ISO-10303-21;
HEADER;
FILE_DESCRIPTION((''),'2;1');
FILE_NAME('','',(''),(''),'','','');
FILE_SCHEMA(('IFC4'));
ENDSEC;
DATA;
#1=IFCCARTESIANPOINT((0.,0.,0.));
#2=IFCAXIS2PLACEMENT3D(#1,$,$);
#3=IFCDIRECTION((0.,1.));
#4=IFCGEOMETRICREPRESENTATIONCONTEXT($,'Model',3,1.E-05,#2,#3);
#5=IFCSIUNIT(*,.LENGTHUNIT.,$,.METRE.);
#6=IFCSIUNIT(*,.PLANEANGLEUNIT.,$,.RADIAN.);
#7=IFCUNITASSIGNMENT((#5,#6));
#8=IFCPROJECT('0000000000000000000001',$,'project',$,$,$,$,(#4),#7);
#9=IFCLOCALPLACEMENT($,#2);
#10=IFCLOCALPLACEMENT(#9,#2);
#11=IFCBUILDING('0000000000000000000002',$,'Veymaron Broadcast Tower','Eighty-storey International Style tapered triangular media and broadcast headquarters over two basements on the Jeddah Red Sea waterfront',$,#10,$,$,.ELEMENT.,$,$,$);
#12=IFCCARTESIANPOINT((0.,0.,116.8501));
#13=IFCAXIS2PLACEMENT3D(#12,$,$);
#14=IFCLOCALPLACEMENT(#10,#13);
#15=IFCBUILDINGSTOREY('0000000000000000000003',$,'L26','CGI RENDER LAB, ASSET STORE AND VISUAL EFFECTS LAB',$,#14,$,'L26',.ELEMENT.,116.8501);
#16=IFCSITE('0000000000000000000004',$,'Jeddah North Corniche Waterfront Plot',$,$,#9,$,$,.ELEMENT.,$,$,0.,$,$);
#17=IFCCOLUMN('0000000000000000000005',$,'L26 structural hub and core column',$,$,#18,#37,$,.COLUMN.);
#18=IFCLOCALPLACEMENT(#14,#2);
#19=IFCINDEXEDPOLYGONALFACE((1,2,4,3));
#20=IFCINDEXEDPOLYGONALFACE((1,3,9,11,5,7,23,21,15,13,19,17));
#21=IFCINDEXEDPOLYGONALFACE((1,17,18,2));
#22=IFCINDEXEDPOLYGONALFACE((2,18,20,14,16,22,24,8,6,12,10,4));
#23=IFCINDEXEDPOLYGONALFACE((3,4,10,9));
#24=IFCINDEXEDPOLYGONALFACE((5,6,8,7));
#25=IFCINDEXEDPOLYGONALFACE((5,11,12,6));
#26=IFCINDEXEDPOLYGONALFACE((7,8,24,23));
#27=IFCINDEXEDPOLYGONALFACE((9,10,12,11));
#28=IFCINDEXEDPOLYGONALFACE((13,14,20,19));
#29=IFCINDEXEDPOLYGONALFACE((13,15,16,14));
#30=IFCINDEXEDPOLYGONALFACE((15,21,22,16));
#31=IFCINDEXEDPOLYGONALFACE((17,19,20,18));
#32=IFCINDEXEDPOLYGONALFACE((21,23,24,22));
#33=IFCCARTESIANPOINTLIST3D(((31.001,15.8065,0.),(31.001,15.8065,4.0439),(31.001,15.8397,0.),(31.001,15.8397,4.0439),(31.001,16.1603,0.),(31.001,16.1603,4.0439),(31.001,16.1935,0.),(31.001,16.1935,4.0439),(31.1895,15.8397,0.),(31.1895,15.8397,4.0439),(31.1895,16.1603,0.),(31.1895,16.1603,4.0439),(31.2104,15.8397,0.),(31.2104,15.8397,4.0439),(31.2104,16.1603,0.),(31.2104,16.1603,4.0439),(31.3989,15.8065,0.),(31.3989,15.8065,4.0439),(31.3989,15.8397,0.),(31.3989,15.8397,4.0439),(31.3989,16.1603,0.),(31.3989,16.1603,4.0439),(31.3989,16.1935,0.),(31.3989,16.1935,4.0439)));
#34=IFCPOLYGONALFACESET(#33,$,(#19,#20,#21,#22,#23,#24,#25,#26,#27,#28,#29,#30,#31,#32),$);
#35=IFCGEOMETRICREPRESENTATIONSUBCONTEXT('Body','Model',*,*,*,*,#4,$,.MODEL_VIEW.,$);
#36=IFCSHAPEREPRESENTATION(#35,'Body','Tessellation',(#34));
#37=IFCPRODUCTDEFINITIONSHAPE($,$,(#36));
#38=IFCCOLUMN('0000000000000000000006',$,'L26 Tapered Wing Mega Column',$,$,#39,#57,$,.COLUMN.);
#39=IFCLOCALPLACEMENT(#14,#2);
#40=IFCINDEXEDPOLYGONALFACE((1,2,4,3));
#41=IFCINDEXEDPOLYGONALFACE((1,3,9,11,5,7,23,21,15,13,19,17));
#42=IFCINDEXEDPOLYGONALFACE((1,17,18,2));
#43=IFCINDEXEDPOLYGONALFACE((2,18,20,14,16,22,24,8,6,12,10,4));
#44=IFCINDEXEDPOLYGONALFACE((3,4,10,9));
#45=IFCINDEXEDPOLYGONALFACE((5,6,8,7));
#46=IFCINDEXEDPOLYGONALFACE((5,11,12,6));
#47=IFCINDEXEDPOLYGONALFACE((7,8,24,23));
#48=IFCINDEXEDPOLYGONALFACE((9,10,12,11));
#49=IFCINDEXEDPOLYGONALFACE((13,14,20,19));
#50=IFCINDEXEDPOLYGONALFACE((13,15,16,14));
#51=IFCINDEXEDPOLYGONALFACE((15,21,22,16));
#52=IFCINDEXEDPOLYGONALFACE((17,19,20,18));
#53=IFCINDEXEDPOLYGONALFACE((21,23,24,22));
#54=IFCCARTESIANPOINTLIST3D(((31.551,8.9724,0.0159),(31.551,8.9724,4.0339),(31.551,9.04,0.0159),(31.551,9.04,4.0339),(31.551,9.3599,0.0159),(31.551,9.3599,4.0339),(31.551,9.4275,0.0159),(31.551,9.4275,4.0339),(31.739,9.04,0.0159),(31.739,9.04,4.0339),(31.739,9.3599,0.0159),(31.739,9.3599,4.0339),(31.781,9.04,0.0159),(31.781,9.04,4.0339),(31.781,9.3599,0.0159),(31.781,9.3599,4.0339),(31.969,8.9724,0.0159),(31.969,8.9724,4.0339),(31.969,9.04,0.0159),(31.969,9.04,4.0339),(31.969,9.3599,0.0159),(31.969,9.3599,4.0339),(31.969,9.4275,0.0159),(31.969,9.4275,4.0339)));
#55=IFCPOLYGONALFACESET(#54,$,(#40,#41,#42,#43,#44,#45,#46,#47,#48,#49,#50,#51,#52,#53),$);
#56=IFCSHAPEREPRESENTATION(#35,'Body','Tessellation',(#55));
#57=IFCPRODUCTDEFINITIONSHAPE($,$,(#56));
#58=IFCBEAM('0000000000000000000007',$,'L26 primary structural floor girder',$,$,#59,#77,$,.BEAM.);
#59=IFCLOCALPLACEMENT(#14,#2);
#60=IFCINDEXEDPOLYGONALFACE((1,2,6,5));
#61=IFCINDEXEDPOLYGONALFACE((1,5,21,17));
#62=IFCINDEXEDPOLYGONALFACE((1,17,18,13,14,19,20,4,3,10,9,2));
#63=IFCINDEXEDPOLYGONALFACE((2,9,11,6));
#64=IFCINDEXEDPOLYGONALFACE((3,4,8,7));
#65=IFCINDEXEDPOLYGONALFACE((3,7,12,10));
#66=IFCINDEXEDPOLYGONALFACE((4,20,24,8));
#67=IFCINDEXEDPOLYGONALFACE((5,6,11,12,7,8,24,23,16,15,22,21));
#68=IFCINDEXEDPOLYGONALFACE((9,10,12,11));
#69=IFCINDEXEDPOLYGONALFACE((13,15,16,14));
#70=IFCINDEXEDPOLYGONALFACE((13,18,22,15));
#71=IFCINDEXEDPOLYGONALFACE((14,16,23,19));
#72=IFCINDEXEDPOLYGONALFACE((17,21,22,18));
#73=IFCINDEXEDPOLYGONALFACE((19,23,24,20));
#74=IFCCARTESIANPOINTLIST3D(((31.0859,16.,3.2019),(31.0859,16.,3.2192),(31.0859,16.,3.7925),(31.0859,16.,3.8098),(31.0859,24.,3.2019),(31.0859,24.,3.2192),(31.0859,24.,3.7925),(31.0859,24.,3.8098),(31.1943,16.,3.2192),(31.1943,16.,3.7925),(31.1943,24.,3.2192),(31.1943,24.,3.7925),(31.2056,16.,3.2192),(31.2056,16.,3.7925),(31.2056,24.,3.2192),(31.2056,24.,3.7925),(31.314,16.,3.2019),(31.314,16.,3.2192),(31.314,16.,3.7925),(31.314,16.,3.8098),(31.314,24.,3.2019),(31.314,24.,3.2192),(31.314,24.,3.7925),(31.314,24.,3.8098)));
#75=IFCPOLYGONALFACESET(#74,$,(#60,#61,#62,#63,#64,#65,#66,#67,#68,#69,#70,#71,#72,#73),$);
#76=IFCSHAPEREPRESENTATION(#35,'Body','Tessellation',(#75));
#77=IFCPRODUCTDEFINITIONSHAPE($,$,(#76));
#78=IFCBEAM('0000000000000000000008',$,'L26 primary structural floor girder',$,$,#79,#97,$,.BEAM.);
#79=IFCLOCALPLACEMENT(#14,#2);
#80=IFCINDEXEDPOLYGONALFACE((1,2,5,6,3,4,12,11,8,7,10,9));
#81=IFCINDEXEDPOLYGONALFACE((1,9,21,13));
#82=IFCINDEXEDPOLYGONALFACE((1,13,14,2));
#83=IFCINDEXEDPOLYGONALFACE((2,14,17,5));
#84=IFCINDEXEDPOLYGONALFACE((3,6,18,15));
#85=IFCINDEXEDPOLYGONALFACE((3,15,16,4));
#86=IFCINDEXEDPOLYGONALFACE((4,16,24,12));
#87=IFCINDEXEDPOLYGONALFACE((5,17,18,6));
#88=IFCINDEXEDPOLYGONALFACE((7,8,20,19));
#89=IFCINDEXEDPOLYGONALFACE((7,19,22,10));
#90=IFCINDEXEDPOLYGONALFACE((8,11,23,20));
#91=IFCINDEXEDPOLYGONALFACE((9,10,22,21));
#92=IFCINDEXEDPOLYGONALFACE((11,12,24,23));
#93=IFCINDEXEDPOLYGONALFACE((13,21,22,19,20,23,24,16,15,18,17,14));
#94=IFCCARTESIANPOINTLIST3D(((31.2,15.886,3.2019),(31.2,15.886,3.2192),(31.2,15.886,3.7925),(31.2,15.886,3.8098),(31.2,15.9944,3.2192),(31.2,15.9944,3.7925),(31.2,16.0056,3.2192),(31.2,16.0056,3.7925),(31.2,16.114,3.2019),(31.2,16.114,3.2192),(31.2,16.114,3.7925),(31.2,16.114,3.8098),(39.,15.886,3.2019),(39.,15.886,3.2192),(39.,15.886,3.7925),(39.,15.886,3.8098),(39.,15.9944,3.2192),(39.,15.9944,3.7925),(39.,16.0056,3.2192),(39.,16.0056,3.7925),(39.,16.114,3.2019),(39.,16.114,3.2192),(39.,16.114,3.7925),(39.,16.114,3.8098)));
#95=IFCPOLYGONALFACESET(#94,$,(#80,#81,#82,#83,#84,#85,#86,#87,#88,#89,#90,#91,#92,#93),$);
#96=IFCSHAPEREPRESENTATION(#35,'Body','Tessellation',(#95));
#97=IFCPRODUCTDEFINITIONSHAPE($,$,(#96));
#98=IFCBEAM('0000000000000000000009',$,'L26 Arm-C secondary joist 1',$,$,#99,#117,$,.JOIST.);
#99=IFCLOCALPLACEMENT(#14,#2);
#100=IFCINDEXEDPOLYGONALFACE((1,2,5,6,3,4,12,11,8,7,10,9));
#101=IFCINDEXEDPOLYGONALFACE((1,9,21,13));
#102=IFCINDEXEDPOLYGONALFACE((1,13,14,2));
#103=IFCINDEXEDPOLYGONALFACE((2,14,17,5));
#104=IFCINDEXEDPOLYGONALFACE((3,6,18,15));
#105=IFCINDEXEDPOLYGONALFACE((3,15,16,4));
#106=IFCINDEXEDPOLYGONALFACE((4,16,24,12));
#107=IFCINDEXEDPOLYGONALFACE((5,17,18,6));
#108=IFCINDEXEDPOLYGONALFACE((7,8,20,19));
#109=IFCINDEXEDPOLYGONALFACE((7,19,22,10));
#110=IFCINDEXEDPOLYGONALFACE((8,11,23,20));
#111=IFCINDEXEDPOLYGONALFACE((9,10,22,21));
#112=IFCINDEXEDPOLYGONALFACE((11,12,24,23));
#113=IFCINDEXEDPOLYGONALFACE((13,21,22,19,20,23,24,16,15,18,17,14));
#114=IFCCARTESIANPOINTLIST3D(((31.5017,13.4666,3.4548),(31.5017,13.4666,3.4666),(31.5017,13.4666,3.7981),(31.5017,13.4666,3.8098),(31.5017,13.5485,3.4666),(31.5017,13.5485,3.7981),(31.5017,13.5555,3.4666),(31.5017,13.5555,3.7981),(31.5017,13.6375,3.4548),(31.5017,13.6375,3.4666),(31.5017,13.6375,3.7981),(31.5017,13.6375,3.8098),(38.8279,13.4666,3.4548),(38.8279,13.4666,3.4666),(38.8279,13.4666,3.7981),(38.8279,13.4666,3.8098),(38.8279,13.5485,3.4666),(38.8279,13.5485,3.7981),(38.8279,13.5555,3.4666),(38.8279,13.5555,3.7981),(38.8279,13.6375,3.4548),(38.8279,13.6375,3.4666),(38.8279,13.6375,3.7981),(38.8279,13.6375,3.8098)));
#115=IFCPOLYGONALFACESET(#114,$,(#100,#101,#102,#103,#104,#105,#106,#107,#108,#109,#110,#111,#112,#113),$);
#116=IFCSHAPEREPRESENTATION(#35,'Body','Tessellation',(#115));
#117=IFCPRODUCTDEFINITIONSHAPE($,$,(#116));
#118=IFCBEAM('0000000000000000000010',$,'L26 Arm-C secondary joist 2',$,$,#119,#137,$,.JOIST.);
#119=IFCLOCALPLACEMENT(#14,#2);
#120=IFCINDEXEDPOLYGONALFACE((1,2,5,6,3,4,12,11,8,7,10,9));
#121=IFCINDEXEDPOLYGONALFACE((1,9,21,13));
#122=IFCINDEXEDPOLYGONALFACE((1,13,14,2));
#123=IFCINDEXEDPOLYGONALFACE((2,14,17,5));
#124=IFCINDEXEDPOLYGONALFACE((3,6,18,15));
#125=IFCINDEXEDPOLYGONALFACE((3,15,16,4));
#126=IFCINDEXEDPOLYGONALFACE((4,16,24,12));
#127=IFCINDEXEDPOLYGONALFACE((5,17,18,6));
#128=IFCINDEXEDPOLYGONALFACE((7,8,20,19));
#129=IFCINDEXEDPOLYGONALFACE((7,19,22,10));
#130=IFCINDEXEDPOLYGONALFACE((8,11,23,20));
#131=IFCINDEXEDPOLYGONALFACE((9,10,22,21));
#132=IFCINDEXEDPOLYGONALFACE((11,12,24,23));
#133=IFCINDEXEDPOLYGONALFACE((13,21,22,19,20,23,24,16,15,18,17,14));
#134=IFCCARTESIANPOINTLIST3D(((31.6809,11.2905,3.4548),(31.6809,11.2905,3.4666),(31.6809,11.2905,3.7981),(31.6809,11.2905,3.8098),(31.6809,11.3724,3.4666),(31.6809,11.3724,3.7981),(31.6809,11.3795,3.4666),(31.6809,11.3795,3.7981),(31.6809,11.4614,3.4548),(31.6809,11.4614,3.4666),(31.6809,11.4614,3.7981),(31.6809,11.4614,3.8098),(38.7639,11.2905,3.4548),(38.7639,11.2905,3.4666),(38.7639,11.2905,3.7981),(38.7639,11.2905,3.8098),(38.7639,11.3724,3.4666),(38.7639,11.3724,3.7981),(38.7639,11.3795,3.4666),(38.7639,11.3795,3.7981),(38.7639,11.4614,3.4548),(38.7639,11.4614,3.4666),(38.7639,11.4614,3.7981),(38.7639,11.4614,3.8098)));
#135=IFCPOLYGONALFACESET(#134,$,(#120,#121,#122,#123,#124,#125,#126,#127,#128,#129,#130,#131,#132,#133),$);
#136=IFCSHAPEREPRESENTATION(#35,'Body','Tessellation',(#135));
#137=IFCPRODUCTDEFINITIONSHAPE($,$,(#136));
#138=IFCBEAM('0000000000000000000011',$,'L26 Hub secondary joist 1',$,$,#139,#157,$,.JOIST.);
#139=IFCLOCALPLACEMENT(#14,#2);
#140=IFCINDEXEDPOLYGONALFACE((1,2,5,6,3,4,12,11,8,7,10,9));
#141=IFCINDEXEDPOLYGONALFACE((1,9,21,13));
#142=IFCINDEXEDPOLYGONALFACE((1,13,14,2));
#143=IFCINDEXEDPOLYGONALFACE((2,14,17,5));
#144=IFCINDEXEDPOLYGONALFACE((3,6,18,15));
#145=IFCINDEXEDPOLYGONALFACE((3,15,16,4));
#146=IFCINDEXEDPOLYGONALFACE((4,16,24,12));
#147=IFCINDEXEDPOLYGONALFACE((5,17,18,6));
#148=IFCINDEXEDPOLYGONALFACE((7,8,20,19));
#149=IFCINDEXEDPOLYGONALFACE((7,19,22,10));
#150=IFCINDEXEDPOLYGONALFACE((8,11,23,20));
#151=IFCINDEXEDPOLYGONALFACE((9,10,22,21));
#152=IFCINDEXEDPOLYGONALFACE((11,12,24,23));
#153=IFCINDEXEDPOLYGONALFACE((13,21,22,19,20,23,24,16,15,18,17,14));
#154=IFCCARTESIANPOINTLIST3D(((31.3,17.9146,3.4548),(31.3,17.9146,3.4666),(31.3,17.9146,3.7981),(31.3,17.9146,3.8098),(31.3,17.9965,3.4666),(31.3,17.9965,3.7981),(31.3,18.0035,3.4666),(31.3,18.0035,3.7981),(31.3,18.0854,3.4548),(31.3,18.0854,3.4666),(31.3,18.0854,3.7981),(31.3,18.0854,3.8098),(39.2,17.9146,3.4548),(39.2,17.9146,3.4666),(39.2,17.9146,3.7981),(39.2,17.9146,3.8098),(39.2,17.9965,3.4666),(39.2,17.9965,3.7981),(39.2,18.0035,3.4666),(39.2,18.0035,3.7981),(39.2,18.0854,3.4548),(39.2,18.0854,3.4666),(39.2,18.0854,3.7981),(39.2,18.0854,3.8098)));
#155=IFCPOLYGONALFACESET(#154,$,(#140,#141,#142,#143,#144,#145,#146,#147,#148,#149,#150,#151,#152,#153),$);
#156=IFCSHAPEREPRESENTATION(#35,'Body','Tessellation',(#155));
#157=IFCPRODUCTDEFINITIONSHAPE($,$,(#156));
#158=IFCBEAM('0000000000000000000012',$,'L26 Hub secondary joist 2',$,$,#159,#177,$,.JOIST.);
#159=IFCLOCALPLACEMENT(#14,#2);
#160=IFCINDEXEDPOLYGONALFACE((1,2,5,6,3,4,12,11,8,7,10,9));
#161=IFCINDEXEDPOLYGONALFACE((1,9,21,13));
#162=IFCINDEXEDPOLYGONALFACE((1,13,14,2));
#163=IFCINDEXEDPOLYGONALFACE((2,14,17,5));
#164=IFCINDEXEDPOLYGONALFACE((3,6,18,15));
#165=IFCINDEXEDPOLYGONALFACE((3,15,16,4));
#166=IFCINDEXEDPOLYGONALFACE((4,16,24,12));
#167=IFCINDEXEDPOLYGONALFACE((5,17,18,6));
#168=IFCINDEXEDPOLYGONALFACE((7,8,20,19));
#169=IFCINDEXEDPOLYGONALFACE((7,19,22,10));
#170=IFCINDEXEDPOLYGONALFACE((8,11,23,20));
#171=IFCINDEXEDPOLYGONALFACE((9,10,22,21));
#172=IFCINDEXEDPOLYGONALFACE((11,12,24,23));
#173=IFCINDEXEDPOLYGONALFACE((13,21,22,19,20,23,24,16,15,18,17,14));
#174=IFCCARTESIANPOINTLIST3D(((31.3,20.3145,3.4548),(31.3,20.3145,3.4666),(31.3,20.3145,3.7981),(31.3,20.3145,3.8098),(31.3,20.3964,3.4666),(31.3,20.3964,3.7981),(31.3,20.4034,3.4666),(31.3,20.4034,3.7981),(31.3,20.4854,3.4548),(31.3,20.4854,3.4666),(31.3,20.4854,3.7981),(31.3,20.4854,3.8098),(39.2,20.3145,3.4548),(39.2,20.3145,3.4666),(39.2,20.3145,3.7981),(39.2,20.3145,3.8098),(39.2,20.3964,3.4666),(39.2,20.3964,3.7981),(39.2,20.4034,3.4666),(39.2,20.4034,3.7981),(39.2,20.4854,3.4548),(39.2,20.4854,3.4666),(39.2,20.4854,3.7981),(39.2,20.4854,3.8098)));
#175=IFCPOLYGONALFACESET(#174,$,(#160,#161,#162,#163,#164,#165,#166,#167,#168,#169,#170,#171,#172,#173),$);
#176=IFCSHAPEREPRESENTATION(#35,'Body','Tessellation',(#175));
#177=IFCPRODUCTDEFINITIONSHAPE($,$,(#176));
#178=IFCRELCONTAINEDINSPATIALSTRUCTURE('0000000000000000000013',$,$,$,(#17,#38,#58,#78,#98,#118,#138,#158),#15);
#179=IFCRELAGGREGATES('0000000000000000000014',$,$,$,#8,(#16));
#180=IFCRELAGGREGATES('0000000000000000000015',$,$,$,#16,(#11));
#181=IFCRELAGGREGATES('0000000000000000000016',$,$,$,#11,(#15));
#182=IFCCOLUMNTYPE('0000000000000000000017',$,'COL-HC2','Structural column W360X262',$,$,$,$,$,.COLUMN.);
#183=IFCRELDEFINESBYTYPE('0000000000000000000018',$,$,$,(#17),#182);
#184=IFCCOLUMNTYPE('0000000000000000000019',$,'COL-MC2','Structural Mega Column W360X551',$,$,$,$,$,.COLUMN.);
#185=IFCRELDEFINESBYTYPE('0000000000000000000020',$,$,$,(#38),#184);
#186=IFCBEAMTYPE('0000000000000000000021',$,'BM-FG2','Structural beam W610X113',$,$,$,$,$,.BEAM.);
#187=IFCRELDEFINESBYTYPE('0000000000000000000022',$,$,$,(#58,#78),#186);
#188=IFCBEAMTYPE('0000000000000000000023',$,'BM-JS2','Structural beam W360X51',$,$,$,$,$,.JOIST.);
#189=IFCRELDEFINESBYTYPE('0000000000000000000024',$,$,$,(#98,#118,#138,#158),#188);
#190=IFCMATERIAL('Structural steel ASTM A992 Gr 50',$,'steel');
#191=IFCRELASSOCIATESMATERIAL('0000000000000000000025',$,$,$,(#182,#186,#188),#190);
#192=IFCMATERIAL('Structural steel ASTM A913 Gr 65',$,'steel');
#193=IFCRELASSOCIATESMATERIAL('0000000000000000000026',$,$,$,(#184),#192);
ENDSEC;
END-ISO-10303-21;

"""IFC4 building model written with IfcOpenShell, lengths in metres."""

from ifc_helpers import new_model, si_unit, direction, frame, origin, origin_2d, place, context, subcontext, project, spatial, i_section, extrude, material, material_profile, profile_set, type_object, element, save


model = new_model("IFC4")

# Units and contexts
model_context = context("Model", 3, precision=1e-05, world=origin(), true_north=direction((0.0, 1.0)))
body_context = subcontext(model_context, "Body", "Model", "MODEL_VIEW")
ifc_project = project(units=[si_unit("LENGTHUNIT", "METRE"), si_unit("PLANEANGLEUNIT", "RADIAN")], contexts=[model_context])

# Site, building, storey
site_placement = place(None, origin())
site = spatial("IfcSite", under=ifc_project, at=site_placement, Name="Jeddah North Corniche Waterfront Plot", CompositionType="ELEMENT", RefElevation=0.0)
building_placement = place(site_placement, origin())
building = spatial("IfcBuilding", under=site, at=building_placement, Name="Veymaron Broadcast Tower", Description="Eighty-storey International Style tapered triangular media and broadcast headquarters over two basements on the Jeddah Red Sea waterfront", CompositionType="ELEMENT")
storey_placement = place(building_placement, frame((0.0, 0.0, 116.8501)))
storey = spatial("IfcBuildingStorey", under=building, at=storey_placement, Name="L26", Description="CGI RENDER LAB, ASSET STORE AND VISUAL EFFECTS LAB", LongName="L26", CompositionType="ELEMENT", Elevation=116.8501)

# Columns
ifc_material_1 = material(Name="Structural steel ASTM A992 Gr 50", Category="steel")
ifc_material_profile_1 = material_profile(ifc_material_1, i_section(OverallWidth=0.3979, OverallDepth=0.387, WebThickness=0.021, FlangeThickness=0.0332, at=origin_2d()), Name="W360X262")
ifc_profile_set_1 = profile_set([ifc_material_profile_1], Name="Structural steel ASTM A992 Gr 50")
column_type_1 = type_object("IfcColumnType", Name="COL-HC2", Description="Structural column W360X262", PredefinedType="COLUMN", material=ifc_profile_set_1)
column_1_placement = place(storey_placement, frame((31.2, 16.0, 0.0), z_axis=(0.0, 0.0, 1.0), x_axis=(1.0, 0.0, 0.0)))
element("IfcColumn", 1, at=column_1_placement, inside=storey, type_object=column_type_1, Name="L26 structural hub and core column", PredefinedType="COLUMN", context=body_context, shape_type="SweptSolid", body=[
    extrude(i_section(OverallWidth=0.3979, OverallDepth=0.387, WebThickness=0.021, FlangeThickness=0.0332, at=origin_2d()), origin(), (0.0, 0.0, 1.0), 4.0439),
])
ifc_material_2 = material(Name="Structural steel ASTM A913 Gr 65", Category="steel")
ifc_material_profile_2 = material_profile(ifc_material_2, i_section(OverallWidth=0.418, OverallDepth=0.4551, WebThickness=0.042, FlangeThickness=0.0676, at=origin_2d()), Name="W360X551")
ifc_profile_set_2 = profile_set([ifc_material_profile_2], Name="Structural steel ASTM A913 Gr 65")
column_type_2 = type_object("IfcColumnType", Name="COL-MC2", Description="Structural Mega Column W360X551", PredefinedType="COLUMN", material=ifc_profile_set_2)
column_2_placement = place(storey_placement, frame((31.76, 9.2, 0.0159), z_axis=(0.0, 0.0, 1.0), x_axis=(1.0, 0.0, 0.0)))
element("IfcColumn", 2, at=column_2_placement, inside=storey, type_object=column_type_2, Name="L26 Tapered Wing Mega Column", PredefinedType="COLUMN", context=body_context, shape_type="SweptSolid", body=[
    extrude(i_section(OverallWidth=0.418, OverallDepth=0.4551, WebThickness=0.042, FlangeThickness=0.0676, at=origin_2d()), origin(), (0.0, 0.0, 1.0), 4.0181),
])

# Beams
ifc_material_profile_3 = material_profile(ifc_material_1, i_section(OverallWidth=0.228, OverallDepth=0.6079, WebThickness=0.0112, FlangeThickness=0.0173, at=origin_2d()), Name="W610X113")
ifc_profile_set_3 = profile_set([ifc_material_profile_3], Name="Structural steel ASTM A992 Gr 50")
beam_type_1 = type_object("IfcBeamType", Name="BM-FG2", Description="Structural beam W610X113", PredefinedType="BEAM", material=ifc_profile_set_3)
beam_1_placement = place(storey_placement, frame((31.2, 16.0, 3.5059), z_axis=(0.0, 1.0, 0.0), x_axis=(-1.0, 0.0, 0.0)))
element("IfcBeam", 3, at=beam_1_placement, inside=storey, type_object=beam_type_1, Name="L26 primary structural floor girder", PredefinedType="BEAM", context=body_context, shape_type="SweptSolid", body=[
    extrude(i_section(OverallWidth=0.228, OverallDepth=0.6079, WebThickness=0.0112, FlangeThickness=0.0173, at=origin_2d()), origin(), (0.0, 0.0, 1.0), 8.0),
])
beam_2_placement = place(storey_placement, frame((31.2, 16.0, 3.5059), z_axis=(1.0, 0.0, 0.0), x_axis=(0.0, 1.0, 0.0)))
element("IfcBeam", 4, at=beam_2_placement, inside=storey, type_object=beam_type_1, Name="L26 primary structural floor girder", PredefinedType="BEAM", context=body_context, shape_type="SweptSolid", body=[
    extrude(i_section(OverallWidth=0.228, OverallDepth=0.6079, WebThickness=0.0112, FlangeThickness=0.0173, at=origin_2d()), origin(), (0.0, 0.0, 1.0), 7.8),
])
ifc_material_profile_4 = material_profile(ifc_material_1, i_section(OverallWidth=0.1709, OverallDepth=0.355, WebThickness=0.0071, FlangeThickness=0.0117, at=origin_2d()), Name="W360X51")
ifc_profile_set_4 = profile_set([ifc_material_profile_4], Name="Structural steel ASTM A992 Gr 50")
beam_type_2 = type_object("IfcBeamType", Name="BM-JS2", Description="Structural beam W360X51", PredefinedType="JOIST", material=ifc_profile_set_4)
beam_3_placement = place(storey_placement, frame((31.5017, 13.552, 3.6323), z_axis=(1.0, 0.0, 0.0), x_axis=(0.0, 1.0, 0.0)))
element("IfcBeam", 5, at=beam_3_placement, inside=storey, type_object=beam_type_2, Name="L26 Arm-C secondary joist 1", PredefinedType="JOIST", context=body_context, shape_type="SweptSolid", body=[
    extrude(i_section(OverallWidth=0.1709, OverallDepth=0.355, WebThickness=0.0071, FlangeThickness=0.0117, at=origin_2d()), origin(), (0.0, 0.0, 1.0), 7.3262),
])
beam_4_placement = place(storey_placement, frame((31.6809, 11.376, 3.6323), z_axis=(1.0, 0.0, 0.0), x_axis=(0.0, 1.0, 0.0)))
element("IfcBeam", 6, at=beam_4_placement, inside=storey, type_object=beam_type_2, Name="L26 Arm-C secondary joist 2", PredefinedType="JOIST", context=body_context, shape_type="SweptSolid", body=[
    extrude(i_section(OverallWidth=0.1709, OverallDepth=0.355, WebThickness=0.0071, FlangeThickness=0.0117, at=origin_2d()), origin(), (0.0, 0.0, 1.0), 7.083),
])
for number, where, z_axis, x_axis, name in (
    (7, (31.3, 18.0, 3.6323), (1.0, 0.0, 0.0), (0.0, 1.0, 0.0), "L26 Hub secondary joist 1"),
    (8, (31.3, 20.3999, 3.6323), (1.0, 0.0, 0.0), (0.0, 1.0, 0.0), "L26 Hub secondary joist 2"),
):
    element("IfcBeam", number, at=place(storey_placement, frame(where, z_axis=z_axis, x_axis=x_axis)), inside=storey, type_object=beam_type_2, Name=name, PredefinedType="JOIST", context=body_context, shape_type="SweptSolid", body=[
        extrude(i_section(OverallWidth=0.1709, OverallDepth=0.355, WebThickness=0.0071, FlangeThickness=0.0117, at=origin_2d()), origin(), (0.0, 0.0, 1.0), 7.8999),
    ])

save(model, "model.ifc")
